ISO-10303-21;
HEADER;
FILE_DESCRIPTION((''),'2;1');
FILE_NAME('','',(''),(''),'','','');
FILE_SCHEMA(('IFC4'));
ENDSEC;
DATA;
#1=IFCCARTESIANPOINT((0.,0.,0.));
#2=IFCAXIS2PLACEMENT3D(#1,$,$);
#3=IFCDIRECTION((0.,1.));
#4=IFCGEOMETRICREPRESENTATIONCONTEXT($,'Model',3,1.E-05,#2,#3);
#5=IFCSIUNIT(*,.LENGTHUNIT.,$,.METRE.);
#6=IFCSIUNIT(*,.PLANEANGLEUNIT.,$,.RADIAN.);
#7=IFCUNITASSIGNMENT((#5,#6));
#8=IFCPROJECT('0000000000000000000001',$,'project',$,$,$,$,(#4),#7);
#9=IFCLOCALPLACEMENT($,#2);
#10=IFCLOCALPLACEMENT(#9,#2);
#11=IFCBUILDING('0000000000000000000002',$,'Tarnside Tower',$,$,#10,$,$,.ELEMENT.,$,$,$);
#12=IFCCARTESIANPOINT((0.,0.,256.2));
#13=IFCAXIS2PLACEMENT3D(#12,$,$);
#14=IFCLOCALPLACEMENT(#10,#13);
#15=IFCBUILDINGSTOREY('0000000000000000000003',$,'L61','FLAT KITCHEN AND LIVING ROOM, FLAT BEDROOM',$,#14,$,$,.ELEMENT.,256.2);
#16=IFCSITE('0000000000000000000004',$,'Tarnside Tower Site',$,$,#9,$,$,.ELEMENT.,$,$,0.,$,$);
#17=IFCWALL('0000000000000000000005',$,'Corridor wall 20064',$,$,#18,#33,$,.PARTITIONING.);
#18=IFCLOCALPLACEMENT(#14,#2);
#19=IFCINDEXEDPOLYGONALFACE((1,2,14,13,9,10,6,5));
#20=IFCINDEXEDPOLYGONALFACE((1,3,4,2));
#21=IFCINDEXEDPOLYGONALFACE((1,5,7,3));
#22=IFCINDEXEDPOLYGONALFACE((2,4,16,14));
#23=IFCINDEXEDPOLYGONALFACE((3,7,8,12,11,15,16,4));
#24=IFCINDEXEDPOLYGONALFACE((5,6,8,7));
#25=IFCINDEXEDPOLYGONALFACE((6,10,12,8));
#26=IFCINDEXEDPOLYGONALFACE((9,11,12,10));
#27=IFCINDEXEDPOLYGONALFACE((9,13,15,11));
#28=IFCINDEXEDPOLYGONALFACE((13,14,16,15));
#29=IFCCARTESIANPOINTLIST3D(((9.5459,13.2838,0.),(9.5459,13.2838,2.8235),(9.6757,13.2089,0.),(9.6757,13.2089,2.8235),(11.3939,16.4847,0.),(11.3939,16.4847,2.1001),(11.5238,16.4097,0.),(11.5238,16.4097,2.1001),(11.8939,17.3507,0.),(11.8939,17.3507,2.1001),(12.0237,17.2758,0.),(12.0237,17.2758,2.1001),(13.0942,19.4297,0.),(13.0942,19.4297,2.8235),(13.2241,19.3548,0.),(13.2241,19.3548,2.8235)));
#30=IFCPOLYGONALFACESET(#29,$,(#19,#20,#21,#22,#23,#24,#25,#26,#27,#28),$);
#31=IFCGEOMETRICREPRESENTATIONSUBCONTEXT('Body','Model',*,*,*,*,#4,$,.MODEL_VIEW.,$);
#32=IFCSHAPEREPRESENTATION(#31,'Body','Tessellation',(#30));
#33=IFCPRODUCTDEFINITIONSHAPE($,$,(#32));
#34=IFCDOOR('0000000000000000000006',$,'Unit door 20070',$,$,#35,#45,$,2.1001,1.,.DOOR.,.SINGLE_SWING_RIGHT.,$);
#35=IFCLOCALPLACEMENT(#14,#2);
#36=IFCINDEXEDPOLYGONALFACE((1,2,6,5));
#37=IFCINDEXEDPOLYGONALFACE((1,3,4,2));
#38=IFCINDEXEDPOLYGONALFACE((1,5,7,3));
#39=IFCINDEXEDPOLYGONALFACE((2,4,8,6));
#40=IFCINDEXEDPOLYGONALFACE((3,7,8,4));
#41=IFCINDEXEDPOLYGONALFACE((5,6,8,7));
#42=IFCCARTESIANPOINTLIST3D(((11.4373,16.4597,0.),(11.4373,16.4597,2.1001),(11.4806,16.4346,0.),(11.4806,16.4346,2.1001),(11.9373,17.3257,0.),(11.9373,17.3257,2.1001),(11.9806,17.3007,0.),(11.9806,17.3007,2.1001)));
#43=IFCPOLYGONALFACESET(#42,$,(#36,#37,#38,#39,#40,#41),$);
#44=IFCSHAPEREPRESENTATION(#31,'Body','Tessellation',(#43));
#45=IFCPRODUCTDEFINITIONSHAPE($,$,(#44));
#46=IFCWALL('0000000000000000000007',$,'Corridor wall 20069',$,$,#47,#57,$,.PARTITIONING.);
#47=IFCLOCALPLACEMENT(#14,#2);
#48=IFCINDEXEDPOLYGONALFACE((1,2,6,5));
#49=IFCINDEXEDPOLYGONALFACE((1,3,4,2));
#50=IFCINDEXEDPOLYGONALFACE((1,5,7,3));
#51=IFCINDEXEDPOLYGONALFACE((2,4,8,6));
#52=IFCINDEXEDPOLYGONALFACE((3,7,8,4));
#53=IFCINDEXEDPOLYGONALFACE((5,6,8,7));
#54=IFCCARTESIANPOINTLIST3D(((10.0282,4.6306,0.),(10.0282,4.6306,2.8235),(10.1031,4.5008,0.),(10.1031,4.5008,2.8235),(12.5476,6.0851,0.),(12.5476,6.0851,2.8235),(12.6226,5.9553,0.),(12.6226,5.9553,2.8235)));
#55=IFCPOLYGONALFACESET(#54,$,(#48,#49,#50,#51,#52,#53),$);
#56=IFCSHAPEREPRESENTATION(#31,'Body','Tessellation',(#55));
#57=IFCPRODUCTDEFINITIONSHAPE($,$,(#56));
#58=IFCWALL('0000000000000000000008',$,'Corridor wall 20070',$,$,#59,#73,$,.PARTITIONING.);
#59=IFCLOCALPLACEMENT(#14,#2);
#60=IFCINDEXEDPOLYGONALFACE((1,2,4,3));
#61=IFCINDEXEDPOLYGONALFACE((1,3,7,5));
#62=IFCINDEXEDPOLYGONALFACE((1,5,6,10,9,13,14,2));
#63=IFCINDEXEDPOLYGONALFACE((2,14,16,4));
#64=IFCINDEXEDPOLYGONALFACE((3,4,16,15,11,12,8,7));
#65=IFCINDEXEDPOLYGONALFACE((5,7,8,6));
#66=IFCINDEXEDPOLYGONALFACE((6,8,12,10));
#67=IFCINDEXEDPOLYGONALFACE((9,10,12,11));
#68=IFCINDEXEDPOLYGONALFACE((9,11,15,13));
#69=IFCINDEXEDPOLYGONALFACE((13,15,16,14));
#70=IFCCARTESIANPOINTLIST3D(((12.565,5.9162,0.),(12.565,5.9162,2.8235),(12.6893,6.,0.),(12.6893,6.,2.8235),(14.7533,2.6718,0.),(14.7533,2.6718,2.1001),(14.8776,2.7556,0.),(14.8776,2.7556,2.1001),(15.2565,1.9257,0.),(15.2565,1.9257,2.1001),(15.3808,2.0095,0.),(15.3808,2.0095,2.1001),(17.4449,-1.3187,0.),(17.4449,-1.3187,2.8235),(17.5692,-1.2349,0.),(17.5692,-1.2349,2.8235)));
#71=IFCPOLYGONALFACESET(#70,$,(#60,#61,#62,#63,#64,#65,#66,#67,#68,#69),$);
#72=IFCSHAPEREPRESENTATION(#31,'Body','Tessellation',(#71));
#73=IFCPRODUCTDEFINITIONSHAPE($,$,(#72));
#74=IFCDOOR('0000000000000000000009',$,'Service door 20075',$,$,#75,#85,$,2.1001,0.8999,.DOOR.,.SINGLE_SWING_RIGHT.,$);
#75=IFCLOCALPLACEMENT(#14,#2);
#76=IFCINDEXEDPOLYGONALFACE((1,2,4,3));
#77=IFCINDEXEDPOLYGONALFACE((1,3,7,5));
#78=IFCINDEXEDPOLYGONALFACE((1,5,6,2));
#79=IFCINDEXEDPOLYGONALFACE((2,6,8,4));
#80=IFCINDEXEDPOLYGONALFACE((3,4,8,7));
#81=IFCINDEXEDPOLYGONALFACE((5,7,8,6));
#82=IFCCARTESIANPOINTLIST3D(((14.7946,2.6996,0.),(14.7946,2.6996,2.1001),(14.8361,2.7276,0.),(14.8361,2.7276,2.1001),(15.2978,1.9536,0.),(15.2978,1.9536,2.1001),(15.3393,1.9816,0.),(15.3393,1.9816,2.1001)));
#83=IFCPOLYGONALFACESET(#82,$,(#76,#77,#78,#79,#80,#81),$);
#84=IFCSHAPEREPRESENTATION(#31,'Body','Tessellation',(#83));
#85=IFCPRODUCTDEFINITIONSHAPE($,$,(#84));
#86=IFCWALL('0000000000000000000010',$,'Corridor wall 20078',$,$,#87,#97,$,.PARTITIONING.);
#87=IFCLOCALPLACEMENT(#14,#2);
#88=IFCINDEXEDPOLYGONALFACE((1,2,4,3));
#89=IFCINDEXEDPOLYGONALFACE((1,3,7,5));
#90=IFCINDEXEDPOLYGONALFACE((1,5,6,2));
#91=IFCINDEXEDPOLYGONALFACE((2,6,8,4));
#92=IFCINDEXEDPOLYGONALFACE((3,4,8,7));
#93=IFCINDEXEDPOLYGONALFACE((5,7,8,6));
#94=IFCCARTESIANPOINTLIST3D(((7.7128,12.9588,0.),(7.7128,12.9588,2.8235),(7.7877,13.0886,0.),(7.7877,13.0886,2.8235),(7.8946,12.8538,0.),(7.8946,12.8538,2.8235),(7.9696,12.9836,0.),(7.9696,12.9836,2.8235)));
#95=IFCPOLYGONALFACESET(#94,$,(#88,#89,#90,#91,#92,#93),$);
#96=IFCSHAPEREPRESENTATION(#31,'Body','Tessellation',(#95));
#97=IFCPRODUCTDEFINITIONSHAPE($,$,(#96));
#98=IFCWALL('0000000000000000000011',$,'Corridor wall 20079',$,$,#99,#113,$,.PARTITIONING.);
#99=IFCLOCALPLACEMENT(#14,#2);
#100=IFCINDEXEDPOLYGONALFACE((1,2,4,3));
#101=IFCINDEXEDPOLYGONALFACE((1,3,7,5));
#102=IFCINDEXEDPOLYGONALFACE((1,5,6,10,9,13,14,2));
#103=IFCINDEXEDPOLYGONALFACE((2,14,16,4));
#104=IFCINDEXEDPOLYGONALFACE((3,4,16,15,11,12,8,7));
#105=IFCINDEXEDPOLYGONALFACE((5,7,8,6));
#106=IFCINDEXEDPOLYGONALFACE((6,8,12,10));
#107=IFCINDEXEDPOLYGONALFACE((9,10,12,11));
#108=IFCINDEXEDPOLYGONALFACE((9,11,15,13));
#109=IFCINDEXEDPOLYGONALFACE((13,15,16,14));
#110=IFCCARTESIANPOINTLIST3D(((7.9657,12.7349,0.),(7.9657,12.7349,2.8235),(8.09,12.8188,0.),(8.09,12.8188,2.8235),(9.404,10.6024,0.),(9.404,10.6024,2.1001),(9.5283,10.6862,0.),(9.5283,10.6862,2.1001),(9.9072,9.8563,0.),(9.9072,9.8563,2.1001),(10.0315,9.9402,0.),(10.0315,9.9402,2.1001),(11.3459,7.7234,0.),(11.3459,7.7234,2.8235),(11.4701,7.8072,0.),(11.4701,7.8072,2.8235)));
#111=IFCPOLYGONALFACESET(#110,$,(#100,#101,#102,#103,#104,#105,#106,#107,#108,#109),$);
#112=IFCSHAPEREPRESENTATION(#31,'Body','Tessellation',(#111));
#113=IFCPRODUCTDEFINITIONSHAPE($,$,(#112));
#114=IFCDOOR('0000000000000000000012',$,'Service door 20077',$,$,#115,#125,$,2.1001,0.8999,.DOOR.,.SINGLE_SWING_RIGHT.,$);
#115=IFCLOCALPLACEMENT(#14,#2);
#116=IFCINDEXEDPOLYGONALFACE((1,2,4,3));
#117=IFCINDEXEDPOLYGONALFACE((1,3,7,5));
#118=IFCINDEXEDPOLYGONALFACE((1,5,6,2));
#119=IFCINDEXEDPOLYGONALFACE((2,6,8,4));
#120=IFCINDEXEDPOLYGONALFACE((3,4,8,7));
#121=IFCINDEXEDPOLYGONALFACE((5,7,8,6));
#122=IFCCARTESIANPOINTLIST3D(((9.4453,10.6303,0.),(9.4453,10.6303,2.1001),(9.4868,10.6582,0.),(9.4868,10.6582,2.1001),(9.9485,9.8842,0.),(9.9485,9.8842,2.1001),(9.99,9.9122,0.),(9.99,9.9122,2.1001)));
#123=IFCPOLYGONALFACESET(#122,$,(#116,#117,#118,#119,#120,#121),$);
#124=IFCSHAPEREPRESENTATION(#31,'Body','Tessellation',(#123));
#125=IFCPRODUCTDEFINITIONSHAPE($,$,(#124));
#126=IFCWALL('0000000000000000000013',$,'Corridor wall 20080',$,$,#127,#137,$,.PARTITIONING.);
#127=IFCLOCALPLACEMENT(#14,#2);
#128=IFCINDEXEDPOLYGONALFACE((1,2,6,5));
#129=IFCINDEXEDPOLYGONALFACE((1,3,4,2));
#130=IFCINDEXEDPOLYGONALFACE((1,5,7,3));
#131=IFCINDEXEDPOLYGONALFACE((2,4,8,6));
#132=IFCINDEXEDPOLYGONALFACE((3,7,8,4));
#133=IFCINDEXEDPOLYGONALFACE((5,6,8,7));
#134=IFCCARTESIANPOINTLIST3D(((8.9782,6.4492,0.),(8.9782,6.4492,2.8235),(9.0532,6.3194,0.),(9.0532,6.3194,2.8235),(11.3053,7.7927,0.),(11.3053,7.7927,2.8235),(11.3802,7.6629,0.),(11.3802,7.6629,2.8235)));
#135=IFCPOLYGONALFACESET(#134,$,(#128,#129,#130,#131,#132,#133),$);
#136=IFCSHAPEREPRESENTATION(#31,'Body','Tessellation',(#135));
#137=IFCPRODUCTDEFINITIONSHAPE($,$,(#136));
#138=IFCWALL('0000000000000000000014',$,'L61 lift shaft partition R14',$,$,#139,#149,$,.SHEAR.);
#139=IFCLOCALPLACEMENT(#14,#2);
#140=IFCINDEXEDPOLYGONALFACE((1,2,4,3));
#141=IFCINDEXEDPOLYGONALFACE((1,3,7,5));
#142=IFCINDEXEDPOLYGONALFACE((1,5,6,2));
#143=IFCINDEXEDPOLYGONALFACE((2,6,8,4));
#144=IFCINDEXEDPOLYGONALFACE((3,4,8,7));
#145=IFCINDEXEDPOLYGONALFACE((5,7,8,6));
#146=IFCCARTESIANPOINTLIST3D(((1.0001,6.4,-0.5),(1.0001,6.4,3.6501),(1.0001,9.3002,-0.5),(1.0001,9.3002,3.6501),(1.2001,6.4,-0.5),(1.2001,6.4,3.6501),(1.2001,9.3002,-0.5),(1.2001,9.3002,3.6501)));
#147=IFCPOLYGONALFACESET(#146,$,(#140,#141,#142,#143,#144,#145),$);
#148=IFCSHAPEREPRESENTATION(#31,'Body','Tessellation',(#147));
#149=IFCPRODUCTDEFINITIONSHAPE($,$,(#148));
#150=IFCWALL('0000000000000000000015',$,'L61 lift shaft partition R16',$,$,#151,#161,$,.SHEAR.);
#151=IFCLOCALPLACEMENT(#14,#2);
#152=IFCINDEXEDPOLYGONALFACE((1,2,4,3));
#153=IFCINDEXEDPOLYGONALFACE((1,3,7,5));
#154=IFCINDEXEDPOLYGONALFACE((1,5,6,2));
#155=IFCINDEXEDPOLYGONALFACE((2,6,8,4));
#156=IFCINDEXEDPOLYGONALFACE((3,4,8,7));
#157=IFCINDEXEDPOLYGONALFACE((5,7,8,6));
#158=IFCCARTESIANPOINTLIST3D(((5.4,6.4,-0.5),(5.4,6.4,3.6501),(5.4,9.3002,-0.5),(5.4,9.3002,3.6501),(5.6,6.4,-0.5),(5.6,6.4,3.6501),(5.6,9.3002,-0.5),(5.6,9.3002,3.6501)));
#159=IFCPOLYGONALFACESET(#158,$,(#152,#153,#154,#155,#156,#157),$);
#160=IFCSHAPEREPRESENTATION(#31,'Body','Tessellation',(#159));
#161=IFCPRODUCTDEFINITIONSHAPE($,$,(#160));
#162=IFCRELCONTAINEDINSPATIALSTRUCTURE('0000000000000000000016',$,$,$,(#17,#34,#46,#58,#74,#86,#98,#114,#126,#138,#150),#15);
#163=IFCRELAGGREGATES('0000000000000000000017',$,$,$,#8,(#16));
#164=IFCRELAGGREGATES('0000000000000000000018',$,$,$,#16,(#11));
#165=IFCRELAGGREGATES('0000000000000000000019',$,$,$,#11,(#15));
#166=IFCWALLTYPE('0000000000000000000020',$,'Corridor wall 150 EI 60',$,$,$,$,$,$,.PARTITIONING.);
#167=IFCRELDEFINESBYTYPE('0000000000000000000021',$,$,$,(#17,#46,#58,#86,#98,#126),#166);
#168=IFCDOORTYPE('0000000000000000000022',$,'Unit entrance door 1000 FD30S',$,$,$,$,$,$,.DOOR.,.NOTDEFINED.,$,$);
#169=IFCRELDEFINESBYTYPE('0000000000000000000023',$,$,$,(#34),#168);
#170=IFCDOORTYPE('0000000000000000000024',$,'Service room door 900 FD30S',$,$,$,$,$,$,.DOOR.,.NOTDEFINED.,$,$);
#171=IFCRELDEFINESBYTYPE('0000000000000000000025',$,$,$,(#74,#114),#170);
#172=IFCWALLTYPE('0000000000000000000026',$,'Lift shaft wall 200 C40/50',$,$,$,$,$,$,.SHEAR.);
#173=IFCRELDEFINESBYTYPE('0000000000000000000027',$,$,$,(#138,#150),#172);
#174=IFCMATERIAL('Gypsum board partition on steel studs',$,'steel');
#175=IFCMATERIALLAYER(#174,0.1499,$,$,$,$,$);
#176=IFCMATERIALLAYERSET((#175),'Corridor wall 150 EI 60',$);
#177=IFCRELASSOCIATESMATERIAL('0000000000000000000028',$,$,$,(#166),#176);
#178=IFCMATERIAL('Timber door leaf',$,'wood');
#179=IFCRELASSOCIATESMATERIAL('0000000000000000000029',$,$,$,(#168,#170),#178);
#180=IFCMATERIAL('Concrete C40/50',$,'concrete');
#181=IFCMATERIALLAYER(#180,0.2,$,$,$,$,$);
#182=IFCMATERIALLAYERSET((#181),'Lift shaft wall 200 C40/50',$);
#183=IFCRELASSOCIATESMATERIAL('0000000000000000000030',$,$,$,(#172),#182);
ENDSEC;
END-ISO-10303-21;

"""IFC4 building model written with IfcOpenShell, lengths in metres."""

from ifc_helpers import new_model, si_unit, direction, frame, frame_2d, origin, place, context, subcontext, project, spatial, rectangle, extrude, material, layer, layer_set, type_object, element, fill, save


model = new_model("IFC4")

# Units and contexts
model_context = context("Model", 3, precision=1e-05, world=origin(), true_north=direction((0.0, 1.0)))
body_context = subcontext(model_context, "Body", "Model", "MODEL_VIEW")
ifc_project = project(units=[si_unit("LENGTHUNIT", "METRE"), si_unit("PLANEANGLEUNIT", "RADIAN")], contexts=[model_context])

# Site, building, storey
site_placement = place(None, origin())
site = spatial("IfcSite", under=ifc_project, at=site_placement, Name="Tarnside Tower Site", CompositionType="ELEMENT", RefElevation=0.0)
building_placement = place(site_placement, origin())
building = spatial("IfcBuilding", under=site, at=building_placement, Name="Tarnside Tower", CompositionType="ELEMENT")
storey_placement = place(building_placement, frame((0.0, 0.0, 256.2)))
storey = spatial("IfcBuildingStorey", under=building, at=storey_placement, Name="L61", Description="FLAT KITCHEN AND LIVING ROOM, FLAT BEDROOM", CompositionType="ELEMENT", Elevation=256.2)

# Shared definitions
ifc_material_1 = material(Name="Concrete C40/50", Category="concrete")

# Wall, opening, door
ifc_material_2 = material(Name="Gypsum board partition on steel studs", Category="steel")
ifc_layer_1 = layer(ifc_material_2, 0.1499)
ifc_layer_set_1 = layer_set([ifc_layer_1], Name="Corridor wall 150 EI 60")
wall_type_1 = type_object("IfcWallType", Name="Corridor wall 150 EI 60", PredefinedType="PARTITIONING", material=ifc_layer_set_1)
wall_1_placement = place(storey_placement, frame((9.6108, 13.2463, 0.0), z_axis=(0.0, 0.0, 1.0), x_axis=(0.499994, 0.866029, 0.0)))
wall_1 = element("IfcWall", 1, at=wall_1_placement, inside=storey, type_object=wall_type_1, Name="Corridor wall 20064", PredefinedType="PARTITIONING", context=body_context, shape_type="SweptSolid", body=[
    extrude(rectangle(XDim=7.0967, YDim=0.1499, at=frame_2d((3.5483, 0.0))), origin(), (0.0, 0.0, 1.0), 2.8235),
])
opening_1_placement = place(wall_1_placement, frame((3.696, 0.0, 0.0)))
opening_1 = element("IfcOpeningElement", 2, at=opening_1_placement, cuts=wall_1, PredefinedType="OPENING", context=body_context, shape_type="SweptSolid", body=[
    extrude(rectangle(XDim=1.0, YDim=2.1001, at=frame_2d((0.5, 1.05))), frame((0.0, 0.085, 0.0), z_axis=(0.0, -1.0, 0.0), x_axis=(1.0, 0.0, 0.0)), (0.0, 0.0, 1.0), 0.1699),
])
ifc_material_3 = material(Name="Timber door leaf", Category="wood")
door_type_1 = type_object("IfcDoorType", Name="Unit entrance door 1000 FD30S", OperationType="NOTDEFINED", PredefinedType="DOOR", material=ifc_material_3)
door_1_placement = place(opening_1_placement, origin())
door_1 = element("IfcDoor", 3, at=door_1_placement, inside=storey, type_object=door_type_1, Name="Unit door 20070", OperationType="SINGLE_SWING_RIGHT", OverallHeight=2.1001, OverallWidth=1.0, PredefinedType="DOOR", context=body_context, shape_type="SweptSolid", body=[
    extrude(rectangle(XDim=1.0, YDim=2.1001, at=frame_2d((0.5, 1.05))), frame((0.0, 0.0249, 0.0), z_axis=(0.0, -1.0, 0.0), x_axis=(1.0, 0.0, 0.0)), (0.0, 0.0, 1.0), 0.05),
])
fill(opening_1, door_1)

# Wall
wall_2_placement = place(storey_placement, frame((10.0657, 4.5657, 0.0), z_axis=(0.0, 0.0, 1.0), x_axis=(0.866035, 0.499984, 0.0)))
element("IfcWall", 4, at=wall_2_placement, inside=storey, type_object=wall_type_1, Name="Corridor wall 20069", PredefinedType="PARTITIONING", context=body_context, shape_type="SweptSolid", body=[
    extrude(rectangle(XDim=2.9092, YDim=0.1499, at=frame_2d((1.4546, 0.0))), origin(), (0.0, 0.0, 1.0), 2.8235),
])

# Wall, opening, door
wall_3_placement = place(storey_placement, frame((12.6272, 5.958, 0.0), z_axis=(0.0, 0.0, 1.0), x_axis=(0.559185, -0.829043, 0.0)))
wall_3 = element("IfcWall", 5, at=wall_3_placement, inside=storey, type_object=wall_type_1, Name="Corridor wall 20070", PredefinedType="PARTITIONING", context=body_context, shape_type="SweptSolid", body=[
    extrude(rectangle(XDim=8.7268, YDim=0.1499, at=frame_2d((4.3633, 0.0))), origin(), (0.0, 0.0, 1.0), 2.8235),
])
opening_2_placement = place(wall_3_placement, frame((3.9133, 0.0, 0.0)))
opening_2 = element("IfcOpeningElement", 6, at=opening_2_placement, cuts=wall_3, PredefinedType="OPENING", context=body_context, shape_type="SweptSolid", body=[
    extrude(rectangle(XDim=0.8999, YDim=2.1001, at=frame_2d((0.45, 1.05))), frame((0.0, 0.085, 0.0), z_axis=(0.0, -1.0, 0.0), x_axis=(1.0, 0.0, 0.0)), (0.0, 0.0, 1.0), 0.1699),
])
door_type_2 = type_object("IfcDoorType", Name="Service room door 900 FD30S", OperationType="NOTDEFINED", PredefinedType="DOOR", material=ifc_material_3)
door_2_placement = place(opening_2_placement, origin())
door_2 = element("IfcDoor", 7, at=door_2_placement, inside=storey, type_object=door_type_2, Name="Service door 20075", OperationType="SINGLE_SWING_RIGHT", OverallHeight=2.1001, OverallWidth=0.8999, PredefinedType="DOOR", context=body_context, shape_type="SweptSolid", body=[
    extrude(rectangle(XDim=0.8999, YDim=2.1001, at=frame_2d((0.45, 1.05))), frame((0.0, 0.0249, 0.0), z_axis=(0.0, -1.0, 0.0), x_axis=(1.0, 0.0, 0.0)), (0.0, 0.0, 1.0), 0.05),
])
fill(opening_2, door_2)

# Wall
wall_4_placement = place(storey_placement, frame((7.7502, 13.0237, 0.0), z_axis=(0.0, 0.0, 1.0), x_axis=(0.866089, -0.49989, 0.0)))
element("IfcWall", 8, at=wall_4_placement, inside=storey, type_object=wall_type_1, Name="Corridor wall 20078", PredefinedType="PARTITIONING", context=body_context, shape_type="SweptSolid", body=[
    extrude(rectangle(XDim=0.21, YDim=0.1499, at=frame_2d((0.105, 0.0))), origin(), (0.0, 0.0, 1.0), 2.8235),
])

# Wall, opening, door
wall_5_placement = place(storey_placement, frame((8.0278, 12.7769, 0.0), z_axis=(0.0, 0.0, 1.0), x_axis=(0.559175, -0.829049, 0.0)))
wall_5 = element("IfcWall", 9, at=wall_5_placement, inside=storey, type_object=wall_type_1, Name="Corridor wall 20079", PredefinedType="PARTITIONING", context=body_context, shape_type="SweptSolid", body=[
    extrude(rectangle(XDim=6.0449, YDim=0.1499, at=frame_2d((3.0225, 0.0))), origin(), (0.0, 0.0, 1.0), 2.8235),
])
opening_3_placement = place(wall_5_placement, frame((2.5723, 0.0, 0.0)))
opening_3 = element("IfcOpeningElement", 10, at=opening_3_placement, cuts=wall_5, PredefinedType="OPENING", context=body_context, shape_type="SweptSolid", body=[
    extrude(rectangle(XDim=0.8999, YDim=2.1001, at=frame_2d((0.45, 1.05))), frame((0.0, 0.085, 0.0), z_axis=(0.0, -1.0, 0.0), x_axis=(1.0, 0.0, 0.0)), (0.0, 0.0, 1.0), 0.1699),
])
door_3_placement = place(opening_3_placement, origin())
door_3 = element("IfcDoor", 11, at=door_3_placement, inside=storey, type_object=door_type_2, Name="Service door 20077", OperationType="SINGLE_SWING_RIGHT", OverallHeight=2.1001, OverallWidth=0.8999, PredefinedType="DOOR", context=body_context, shape_type="SweptSolid", body=[
    extrude(rectangle(XDim=0.8999, YDim=2.1001, at=frame_2d((0.45, 1.05))), frame((0.0, 0.0249, 0.0), z_axis=(0.0, -1.0, 0.0), x_axis=(1.0, 0.0, 0.0)), (0.0, 0.0, 1.0), 0.05),
])
fill(opening_3, door_3)

# Walls
wall_6_placement = place(storey_placement, frame((11.3428, 7.7278, 0.0), z_axis=(0.0, 0.0, 1.0), x_axis=(-0.866037, -0.499979, 0.0)))
element("IfcWall", 12, at=wall_6_placement, inside=storey, type_object=wall_type_1, Name="Corridor wall 20080", PredefinedType="PARTITIONING", context=body_context, shape_type="SweptSolid", body=[
    extrude(rectangle(XDim=2.687, YDim=0.1499, at=frame_2d((1.3435, 0.0))), origin(), (0.0, 0.0, 1.0), 2.8235),
])
ifc_layer_2 = layer(ifc_material_1, 0.2)
ifc_layer_set_2 = layer_set([ifc_layer_2], Name="Lift shaft wall 200 C40/50")
wall_type_2 = type_object("IfcWallType", Name="Lift shaft wall 200 C40/50", PredefinedType="SHEAR", material=ifc_layer_set_2)
for number, where, z_axis, x_axis, name in (
    (13, (1.1001, 6.3999, -0.5), (0.0, 0.0, 1.0), (0.0, 1.0, 0.0), "L61 lift shaft partition R14"),
    (14, (5.5, 6.3999, -0.5), (0.0, 0.0, 1.0), (0.0, 1.0, 0.0), "L61 lift shaft partition R16"),
):
    element("IfcWall", number, at=place(storey_placement, frame(where, z_axis=z_axis, x_axis=x_axis)), inside=storey, type_object=wall_type_2, Name=name, PredefinedType="SHEAR", context=body_context, shape_type="SweptSolid", body=[
        extrude(rectangle(XDim=2.9001, YDim=0.2, at=frame_2d((1.4502, 0.0))), origin(), (0.0, 0.0, 1.0), 4.1501),
    ])

save(model, "model.ifc")
